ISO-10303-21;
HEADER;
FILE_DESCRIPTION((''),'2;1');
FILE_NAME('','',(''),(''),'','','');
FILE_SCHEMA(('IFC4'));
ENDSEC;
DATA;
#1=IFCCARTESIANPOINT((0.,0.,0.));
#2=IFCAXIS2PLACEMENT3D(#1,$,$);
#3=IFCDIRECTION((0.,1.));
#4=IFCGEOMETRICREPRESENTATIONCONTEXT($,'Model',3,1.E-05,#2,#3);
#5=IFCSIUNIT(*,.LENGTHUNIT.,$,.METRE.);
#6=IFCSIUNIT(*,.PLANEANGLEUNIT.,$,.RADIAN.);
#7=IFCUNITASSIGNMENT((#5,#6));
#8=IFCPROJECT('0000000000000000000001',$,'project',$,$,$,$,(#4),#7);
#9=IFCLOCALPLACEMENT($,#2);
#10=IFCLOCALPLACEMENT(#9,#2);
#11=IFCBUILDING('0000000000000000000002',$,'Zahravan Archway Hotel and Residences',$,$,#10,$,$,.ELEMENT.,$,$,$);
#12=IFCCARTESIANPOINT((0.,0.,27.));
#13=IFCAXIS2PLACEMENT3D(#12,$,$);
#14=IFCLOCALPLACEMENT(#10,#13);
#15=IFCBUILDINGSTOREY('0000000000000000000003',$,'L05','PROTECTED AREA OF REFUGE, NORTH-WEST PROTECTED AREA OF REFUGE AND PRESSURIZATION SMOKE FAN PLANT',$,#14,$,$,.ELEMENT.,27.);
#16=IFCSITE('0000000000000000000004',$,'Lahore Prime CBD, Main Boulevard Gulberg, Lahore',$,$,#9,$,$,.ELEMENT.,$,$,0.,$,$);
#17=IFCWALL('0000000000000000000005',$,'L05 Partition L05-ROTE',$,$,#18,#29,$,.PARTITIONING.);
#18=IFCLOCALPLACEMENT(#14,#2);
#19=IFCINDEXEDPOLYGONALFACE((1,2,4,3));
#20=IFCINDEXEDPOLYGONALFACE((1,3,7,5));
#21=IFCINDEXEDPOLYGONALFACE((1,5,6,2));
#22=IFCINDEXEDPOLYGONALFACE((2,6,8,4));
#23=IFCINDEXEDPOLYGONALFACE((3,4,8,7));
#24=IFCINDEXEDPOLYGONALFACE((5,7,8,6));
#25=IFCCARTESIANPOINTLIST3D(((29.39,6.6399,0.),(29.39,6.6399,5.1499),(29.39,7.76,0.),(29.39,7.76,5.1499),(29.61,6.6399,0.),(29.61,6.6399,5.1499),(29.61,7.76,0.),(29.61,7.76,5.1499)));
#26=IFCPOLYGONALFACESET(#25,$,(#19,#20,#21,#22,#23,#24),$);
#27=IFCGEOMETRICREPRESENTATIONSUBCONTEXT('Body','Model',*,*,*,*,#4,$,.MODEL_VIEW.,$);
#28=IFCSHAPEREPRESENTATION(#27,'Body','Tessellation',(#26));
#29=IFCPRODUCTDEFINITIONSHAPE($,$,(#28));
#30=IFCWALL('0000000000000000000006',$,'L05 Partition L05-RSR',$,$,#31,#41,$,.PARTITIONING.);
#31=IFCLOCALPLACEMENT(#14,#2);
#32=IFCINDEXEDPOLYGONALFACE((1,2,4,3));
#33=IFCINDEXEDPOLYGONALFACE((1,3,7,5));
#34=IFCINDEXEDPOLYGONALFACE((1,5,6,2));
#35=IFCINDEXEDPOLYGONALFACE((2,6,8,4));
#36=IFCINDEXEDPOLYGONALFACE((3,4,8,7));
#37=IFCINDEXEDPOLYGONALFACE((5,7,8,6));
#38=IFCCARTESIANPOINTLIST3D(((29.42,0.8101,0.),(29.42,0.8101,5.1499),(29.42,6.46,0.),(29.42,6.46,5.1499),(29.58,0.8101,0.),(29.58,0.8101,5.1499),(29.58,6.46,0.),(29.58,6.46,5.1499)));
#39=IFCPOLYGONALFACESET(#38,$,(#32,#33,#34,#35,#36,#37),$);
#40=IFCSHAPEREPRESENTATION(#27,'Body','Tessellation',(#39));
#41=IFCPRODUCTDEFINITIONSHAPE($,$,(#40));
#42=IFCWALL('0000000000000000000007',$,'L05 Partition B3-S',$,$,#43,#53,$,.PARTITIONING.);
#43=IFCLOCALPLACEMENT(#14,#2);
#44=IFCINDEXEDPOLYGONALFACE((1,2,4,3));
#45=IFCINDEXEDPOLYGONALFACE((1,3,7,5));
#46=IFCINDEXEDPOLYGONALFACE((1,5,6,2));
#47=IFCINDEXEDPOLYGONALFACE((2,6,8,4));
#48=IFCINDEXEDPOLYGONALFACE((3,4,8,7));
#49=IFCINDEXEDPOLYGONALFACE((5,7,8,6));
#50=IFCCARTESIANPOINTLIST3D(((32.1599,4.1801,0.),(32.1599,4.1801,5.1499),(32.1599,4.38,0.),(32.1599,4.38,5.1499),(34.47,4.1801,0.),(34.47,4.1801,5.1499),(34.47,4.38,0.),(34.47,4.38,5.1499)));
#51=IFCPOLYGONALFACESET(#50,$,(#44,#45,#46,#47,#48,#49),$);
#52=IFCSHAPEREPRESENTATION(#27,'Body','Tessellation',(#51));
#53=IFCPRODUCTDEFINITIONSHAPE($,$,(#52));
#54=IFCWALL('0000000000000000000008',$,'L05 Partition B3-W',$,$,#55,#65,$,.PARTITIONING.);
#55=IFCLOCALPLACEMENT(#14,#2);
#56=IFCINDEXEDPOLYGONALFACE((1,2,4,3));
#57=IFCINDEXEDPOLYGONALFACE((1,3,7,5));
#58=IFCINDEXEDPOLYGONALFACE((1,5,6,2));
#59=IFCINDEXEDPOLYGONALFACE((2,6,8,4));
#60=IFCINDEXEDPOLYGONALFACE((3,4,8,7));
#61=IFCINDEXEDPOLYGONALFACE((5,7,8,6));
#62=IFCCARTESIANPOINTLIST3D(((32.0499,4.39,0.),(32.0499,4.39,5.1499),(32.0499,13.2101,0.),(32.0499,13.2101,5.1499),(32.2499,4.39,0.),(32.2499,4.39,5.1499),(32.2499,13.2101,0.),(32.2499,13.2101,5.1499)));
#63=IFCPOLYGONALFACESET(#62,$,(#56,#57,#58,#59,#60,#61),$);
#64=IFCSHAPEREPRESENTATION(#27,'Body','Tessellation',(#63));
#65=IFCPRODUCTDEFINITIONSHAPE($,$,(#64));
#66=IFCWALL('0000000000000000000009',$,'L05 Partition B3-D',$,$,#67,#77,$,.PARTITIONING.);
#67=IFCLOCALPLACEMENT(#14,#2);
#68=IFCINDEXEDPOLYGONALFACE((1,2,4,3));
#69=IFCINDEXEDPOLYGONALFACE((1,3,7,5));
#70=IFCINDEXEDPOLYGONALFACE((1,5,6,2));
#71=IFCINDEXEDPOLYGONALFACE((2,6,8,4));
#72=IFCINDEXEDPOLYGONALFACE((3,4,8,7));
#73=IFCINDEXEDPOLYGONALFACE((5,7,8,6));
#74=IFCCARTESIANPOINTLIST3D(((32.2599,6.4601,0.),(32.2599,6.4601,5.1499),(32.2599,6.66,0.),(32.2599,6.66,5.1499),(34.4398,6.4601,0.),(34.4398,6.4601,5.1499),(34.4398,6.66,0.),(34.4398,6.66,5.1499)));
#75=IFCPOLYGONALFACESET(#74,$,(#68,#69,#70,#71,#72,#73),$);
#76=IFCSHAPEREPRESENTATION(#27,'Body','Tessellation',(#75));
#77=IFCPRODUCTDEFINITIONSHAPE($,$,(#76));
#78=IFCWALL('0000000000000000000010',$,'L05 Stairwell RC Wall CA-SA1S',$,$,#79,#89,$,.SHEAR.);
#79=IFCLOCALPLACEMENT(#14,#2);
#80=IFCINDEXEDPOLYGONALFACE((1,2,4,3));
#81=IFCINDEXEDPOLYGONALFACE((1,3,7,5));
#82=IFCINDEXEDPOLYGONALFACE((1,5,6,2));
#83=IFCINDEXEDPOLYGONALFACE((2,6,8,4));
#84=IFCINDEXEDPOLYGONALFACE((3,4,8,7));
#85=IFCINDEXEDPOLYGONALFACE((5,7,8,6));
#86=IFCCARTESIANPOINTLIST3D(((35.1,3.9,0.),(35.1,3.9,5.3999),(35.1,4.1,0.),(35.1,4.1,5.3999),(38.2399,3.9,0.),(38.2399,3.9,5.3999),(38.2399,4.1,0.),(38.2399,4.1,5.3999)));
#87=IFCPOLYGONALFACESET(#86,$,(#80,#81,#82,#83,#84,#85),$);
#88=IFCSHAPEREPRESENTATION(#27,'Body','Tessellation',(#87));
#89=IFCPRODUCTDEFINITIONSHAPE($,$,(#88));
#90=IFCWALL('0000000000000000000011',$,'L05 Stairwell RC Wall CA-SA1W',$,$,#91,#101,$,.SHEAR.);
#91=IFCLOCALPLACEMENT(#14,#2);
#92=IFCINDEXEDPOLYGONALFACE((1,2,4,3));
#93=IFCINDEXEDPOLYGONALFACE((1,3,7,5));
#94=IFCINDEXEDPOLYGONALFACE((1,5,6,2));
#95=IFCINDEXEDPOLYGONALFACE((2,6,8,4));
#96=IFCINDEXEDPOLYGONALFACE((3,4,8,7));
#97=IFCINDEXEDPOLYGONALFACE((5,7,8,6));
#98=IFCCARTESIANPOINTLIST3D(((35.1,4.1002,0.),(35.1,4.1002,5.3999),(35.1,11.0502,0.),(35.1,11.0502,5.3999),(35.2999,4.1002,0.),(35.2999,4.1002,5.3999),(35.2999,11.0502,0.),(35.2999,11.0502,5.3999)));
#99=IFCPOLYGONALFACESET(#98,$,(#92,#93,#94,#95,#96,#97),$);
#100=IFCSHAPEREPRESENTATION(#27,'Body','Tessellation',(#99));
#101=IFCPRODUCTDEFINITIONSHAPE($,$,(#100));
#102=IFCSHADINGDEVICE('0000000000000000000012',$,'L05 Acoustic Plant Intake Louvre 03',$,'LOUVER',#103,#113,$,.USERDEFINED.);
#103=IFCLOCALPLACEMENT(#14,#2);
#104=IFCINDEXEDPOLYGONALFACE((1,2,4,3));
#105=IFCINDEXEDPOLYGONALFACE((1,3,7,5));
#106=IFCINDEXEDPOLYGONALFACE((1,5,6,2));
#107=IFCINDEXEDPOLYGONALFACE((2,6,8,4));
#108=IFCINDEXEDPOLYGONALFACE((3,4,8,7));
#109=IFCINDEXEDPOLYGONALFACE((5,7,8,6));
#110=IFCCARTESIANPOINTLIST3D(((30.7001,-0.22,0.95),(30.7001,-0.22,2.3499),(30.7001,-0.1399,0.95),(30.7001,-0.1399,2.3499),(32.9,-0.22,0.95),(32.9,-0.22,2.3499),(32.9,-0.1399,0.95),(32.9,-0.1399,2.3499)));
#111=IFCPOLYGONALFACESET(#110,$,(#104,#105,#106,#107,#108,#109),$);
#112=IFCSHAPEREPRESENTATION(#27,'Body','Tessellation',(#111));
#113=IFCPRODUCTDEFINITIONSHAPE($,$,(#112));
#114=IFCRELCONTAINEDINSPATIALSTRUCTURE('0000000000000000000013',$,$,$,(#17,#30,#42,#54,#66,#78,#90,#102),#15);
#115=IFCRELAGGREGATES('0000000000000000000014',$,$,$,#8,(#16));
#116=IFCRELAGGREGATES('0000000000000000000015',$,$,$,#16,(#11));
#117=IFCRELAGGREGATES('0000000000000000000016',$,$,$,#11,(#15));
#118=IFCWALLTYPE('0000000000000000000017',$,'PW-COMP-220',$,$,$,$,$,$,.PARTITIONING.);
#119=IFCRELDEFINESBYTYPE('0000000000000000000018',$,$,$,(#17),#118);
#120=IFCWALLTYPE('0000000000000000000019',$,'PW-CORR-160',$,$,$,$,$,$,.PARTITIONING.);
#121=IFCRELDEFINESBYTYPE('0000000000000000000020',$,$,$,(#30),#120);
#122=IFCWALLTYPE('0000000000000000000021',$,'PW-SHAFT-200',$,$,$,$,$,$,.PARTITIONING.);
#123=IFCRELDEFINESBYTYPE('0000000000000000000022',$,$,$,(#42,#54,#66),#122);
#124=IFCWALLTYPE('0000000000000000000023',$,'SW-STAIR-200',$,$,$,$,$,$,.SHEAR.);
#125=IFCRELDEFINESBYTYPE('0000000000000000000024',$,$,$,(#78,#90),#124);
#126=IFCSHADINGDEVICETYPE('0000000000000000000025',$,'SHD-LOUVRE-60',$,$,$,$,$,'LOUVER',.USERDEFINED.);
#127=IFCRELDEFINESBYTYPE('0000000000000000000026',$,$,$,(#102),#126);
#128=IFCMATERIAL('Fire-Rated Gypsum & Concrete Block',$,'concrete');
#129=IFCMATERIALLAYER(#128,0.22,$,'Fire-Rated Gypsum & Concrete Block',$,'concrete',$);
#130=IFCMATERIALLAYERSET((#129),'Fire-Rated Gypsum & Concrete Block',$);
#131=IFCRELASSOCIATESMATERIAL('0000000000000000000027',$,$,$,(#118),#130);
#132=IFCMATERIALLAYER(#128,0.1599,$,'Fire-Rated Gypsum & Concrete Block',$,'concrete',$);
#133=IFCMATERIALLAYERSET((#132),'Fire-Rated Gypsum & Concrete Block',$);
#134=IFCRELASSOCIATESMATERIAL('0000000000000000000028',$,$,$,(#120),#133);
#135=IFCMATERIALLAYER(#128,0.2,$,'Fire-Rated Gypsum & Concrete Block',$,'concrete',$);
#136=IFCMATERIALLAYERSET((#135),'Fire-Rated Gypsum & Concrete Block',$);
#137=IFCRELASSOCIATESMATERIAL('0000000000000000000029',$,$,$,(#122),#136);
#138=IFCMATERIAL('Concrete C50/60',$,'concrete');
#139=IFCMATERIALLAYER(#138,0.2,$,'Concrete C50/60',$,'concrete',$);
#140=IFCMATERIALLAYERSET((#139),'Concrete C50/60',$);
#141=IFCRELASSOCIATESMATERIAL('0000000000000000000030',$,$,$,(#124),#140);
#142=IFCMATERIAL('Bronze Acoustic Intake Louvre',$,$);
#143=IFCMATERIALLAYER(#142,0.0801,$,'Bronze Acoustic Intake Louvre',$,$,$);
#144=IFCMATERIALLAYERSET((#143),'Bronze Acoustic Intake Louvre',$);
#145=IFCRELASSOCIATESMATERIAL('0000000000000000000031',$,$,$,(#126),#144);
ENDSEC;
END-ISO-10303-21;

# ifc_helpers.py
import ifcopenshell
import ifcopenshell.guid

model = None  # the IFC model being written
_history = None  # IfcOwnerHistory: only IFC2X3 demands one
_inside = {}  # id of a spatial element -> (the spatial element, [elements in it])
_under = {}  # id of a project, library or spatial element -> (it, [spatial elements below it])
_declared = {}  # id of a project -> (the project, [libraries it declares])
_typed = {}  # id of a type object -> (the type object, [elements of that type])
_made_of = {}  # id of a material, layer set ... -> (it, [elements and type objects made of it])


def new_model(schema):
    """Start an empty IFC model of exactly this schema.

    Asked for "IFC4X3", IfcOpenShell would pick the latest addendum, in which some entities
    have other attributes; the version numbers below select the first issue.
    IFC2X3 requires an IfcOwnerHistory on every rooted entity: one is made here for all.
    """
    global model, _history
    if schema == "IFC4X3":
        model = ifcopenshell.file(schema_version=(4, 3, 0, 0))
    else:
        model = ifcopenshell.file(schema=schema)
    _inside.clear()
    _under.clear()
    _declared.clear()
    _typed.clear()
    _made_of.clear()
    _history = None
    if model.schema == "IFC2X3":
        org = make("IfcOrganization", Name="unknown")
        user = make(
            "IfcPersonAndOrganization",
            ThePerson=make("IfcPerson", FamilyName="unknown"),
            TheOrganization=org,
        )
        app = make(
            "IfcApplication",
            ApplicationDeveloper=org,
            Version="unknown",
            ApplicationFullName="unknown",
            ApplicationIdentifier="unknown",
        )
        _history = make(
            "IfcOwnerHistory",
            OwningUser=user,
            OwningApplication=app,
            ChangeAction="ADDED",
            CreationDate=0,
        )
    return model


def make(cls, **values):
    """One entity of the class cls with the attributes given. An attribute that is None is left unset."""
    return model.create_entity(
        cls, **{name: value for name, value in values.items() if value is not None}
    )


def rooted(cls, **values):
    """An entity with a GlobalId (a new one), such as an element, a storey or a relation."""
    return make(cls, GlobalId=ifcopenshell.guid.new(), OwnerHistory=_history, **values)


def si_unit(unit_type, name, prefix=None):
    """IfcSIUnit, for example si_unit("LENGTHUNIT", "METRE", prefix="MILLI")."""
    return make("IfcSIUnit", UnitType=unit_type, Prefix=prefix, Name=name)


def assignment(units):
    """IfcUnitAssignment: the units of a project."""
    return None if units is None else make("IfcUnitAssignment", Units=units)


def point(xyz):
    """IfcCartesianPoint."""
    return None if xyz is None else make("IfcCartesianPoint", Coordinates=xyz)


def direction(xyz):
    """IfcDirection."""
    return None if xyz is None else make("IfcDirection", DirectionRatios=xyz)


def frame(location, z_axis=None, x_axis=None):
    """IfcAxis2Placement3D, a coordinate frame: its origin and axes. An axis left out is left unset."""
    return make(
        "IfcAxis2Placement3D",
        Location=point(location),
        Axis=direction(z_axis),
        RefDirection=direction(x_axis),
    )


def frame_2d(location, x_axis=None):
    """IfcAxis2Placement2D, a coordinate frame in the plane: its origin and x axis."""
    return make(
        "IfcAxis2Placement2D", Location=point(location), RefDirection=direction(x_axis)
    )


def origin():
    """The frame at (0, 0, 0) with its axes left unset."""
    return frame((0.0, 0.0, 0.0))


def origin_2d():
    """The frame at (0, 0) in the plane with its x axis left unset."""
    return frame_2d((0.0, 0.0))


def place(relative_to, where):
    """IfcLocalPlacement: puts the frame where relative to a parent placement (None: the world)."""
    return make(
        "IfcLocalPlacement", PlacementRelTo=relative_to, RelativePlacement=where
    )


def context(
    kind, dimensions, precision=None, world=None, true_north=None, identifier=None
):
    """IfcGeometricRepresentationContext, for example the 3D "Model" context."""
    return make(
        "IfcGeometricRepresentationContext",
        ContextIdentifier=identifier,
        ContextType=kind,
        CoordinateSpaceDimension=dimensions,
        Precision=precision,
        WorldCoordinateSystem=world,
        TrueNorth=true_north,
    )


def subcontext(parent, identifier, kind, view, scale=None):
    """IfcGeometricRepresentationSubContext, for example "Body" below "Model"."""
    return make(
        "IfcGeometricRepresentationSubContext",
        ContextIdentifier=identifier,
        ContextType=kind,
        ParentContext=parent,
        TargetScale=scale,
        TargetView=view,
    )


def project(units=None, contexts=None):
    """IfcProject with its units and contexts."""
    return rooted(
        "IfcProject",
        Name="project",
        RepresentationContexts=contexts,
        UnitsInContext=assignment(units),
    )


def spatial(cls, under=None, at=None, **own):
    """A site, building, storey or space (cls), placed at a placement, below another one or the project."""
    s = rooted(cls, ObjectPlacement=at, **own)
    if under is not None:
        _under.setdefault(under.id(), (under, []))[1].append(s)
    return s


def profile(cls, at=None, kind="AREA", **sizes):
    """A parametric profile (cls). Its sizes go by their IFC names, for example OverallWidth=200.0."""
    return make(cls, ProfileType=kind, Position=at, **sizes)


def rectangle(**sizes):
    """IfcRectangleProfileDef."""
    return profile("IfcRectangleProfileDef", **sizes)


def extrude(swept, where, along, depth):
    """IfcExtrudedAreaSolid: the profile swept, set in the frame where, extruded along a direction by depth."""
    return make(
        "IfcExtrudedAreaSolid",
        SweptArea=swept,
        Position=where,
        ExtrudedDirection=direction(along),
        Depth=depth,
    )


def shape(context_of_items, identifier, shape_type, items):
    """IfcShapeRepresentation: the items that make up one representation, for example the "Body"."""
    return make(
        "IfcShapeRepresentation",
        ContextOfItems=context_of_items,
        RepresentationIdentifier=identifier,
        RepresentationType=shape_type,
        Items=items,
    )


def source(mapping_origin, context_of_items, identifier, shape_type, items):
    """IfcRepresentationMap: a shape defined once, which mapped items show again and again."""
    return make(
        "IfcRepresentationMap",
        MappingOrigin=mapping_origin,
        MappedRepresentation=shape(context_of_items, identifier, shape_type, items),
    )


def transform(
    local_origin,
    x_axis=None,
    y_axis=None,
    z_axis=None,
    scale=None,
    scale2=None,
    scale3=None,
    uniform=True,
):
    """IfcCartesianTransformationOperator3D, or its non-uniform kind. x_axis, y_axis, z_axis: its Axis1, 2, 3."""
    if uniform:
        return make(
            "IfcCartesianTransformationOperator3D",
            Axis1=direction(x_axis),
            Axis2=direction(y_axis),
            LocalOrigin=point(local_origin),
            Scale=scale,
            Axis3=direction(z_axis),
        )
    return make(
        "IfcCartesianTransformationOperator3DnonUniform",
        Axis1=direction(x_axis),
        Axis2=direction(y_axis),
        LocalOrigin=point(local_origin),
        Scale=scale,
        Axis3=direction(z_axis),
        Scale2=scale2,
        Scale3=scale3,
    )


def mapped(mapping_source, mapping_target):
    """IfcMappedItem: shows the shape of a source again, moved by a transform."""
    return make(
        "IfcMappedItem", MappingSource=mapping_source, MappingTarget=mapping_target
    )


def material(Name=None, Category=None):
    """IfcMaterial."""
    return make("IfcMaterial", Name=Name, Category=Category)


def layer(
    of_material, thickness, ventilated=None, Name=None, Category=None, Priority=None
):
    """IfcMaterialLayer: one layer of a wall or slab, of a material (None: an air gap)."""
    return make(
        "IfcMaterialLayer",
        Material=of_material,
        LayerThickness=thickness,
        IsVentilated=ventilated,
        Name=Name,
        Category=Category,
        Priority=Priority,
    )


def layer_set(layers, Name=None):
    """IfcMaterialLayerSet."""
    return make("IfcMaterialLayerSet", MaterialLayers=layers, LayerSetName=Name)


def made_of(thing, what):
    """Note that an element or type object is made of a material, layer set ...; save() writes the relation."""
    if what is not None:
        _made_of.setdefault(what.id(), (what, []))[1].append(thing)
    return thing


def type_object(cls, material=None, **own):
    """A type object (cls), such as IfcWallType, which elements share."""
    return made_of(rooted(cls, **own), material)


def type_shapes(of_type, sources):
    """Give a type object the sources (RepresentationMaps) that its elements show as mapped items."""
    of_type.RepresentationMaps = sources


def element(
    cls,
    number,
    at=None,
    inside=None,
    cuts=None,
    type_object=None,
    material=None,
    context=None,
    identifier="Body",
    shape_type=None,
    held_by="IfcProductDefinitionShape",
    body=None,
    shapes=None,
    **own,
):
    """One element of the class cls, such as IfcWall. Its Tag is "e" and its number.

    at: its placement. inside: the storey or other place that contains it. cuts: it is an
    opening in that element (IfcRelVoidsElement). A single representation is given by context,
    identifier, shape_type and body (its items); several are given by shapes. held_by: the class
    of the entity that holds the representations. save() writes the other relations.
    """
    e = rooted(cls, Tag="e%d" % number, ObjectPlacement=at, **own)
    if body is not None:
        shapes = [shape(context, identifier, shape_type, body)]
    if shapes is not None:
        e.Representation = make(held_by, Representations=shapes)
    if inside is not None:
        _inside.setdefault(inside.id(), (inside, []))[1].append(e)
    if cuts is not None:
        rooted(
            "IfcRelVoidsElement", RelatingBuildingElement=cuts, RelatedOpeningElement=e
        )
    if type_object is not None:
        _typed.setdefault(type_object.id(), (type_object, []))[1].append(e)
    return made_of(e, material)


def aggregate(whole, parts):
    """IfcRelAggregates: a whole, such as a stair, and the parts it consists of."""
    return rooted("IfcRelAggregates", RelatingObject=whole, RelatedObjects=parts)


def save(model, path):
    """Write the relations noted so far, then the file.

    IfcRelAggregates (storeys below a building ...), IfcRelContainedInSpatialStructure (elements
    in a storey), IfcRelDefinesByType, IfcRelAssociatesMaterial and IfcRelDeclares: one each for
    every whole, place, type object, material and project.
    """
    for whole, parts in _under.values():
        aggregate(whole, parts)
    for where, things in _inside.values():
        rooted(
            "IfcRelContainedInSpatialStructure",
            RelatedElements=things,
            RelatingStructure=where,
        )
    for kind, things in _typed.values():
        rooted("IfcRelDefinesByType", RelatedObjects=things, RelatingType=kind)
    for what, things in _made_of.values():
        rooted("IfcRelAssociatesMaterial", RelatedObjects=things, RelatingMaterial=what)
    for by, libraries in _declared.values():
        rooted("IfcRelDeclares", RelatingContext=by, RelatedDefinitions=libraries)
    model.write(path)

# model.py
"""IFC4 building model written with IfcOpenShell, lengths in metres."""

from ifc_helpers import new_model, si_unit, direction, frame, frame_2d, origin, origin_2d, place, context, subcontext, project, spatial, rectangle, extrude, source, transform, mapped, material, layer, layer_set, type_object, type_shapes, element, save


model = new_model("IFC4")

# Units and contexts
model_context = context("Model", 3, precision=1e-05, world=origin(), true_north=direction((0.0, 1.0)))
body_context = subcontext(model_context, "Body", "Model", "MODEL_VIEW")
ifc_project = project(units=[si_unit("LENGTHUNIT", "METRE"), si_unit("PLANEANGLEUNIT", "RADIAN")], contexts=[model_context])

# Site, building, storey
site_placement = place(None, origin())
site = spatial("IfcSite", under=ifc_project, at=site_placement, Name="Lahore Prime CBD, Main Boulevard Gulberg, Lahore", CompositionType="ELEMENT", RefElevation=0.0)
building_placement = place(site_placement, origin())
building = spatial("IfcBuilding", under=site, at=building_placement, Name="Zahravan Archway Hotel and Residences", CompositionType="ELEMENT")
storey_placement = place(building_placement, frame((0.0, 0.0, 27.0)))
storey = spatial("IfcBuildingStorey", under=building, at=storey_placement, Name="L05", Description="PROTECTED AREA OF REFUGE, NORTH-WEST PROTECTED AREA OF REFUGE AND PRESSURIZATION SMOKE FAN PLANT", CompositionType="ELEMENT", Elevation=27.0)

# Walls
ifc_material_1 = material(Name="Fire-Rated Gypsum & Concrete Block", Category="concrete")
ifc_layer_1 = layer(ifc_material_1, 0.22, Name="Fire-Rated Gypsum & Concrete Block", Category="concrete")
ifc_layer_set_1 = layer_set([ifc_layer_1], Name="Fire-Rated Gypsum & Concrete Block")
wall_type_1 = type_object("IfcWallType", Name="PW-COMP-220", PredefinedType="PARTITIONING", material=ifc_layer_set_1)
wall_1_placement = place(storey_placement, frame((29.5, 6.6399, 0.0), z_axis=(0.0, 0.0, 1.0), x_axis=(0.0, 1.0, 0.0)))
element("IfcWall", 1, at=wall_1_placement, inside=storey, type_object=wall_type_1, Name="L05 Partition L05-ROTE", PredefinedType="PARTITIONING", context=body_context, shape_type="SweptSolid", body=[
    extrude(rectangle(XDim=1.1201, YDim=0.22, at=frame_2d((0.5601, 0.0))), origin(), (0.0, 0.0, 1.0), 5.1499),
])
ifc_layer_2 = layer(ifc_material_1, 0.1599, Name="Fire-Rated Gypsum & Concrete Block", Category="concrete")
ifc_layer_set_2 = layer_set([ifc_layer_2], Name="Fire-Rated Gypsum & Concrete Block")
wall_type_2 = type_object("IfcWallType", Name="PW-CORR-160", PredefinedType="PARTITIONING", material=ifc_layer_set_2)
wall_2_placement = place(storey_placement, frame((29.5, 0.8101, 0.0), z_axis=(0.0, 0.0, 1.0), x_axis=(0.0, 1.0, 0.0)))
element("IfcWall", 2, at=wall_2_placement, inside=storey, type_object=wall_type_2, Name="L05 Partition L05-RSR", PredefinedType="PARTITIONING", context=body_context, shape_type="SweptSolid", body=[
    extrude(rectangle(XDim=5.6499, YDim=0.1599, at=frame_2d((2.825, 0.0))), origin(), (0.0, 0.0, 1.0), 5.1499),
])
ifc_layer_3 = layer(ifc_material_1, 0.2, Name="Fire-Rated Gypsum & Concrete Block", Category="concrete")
ifc_layer_set_3 = layer_set([ifc_layer_3], Name="Fire-Rated Gypsum & Concrete Block")
wall_type_3 = type_object("IfcWallType", Name="PW-SHAFT-200", PredefinedType="PARTITIONING", material=ifc_layer_set_3)
wall_3_placement = place(storey_placement, frame((32.1599, 4.28, 0.0), z_axis=(0.0, 0.0, 1.0), x_axis=(1.0, 0.0, 0.0)))
element("IfcWall", 3, at=wall_3_placement, inside=storey, type_object=wall_type_3, Name="L05 Partition B3-S", PredefinedType="PARTITIONING", context=body_context, shape_type="SweptSolid", body=[
    extrude(rectangle(XDim=2.3101, YDim=0.2, at=frame_2d((1.155, 0.0))), origin(), (0.0, 0.0, 1.0), 5.1499),
])
wall_4_placement = place(storey_placement, frame((32.1499, 4.3899, 0.0), z_axis=(0.0, 0.0, 1.0), x_axis=(0.0, 1.0, 0.0)))
element("IfcWall", 4, at=wall_4_placement, inside=storey, type_object=wall_type_3, Name="L05 Partition B3-W", PredefinedType="PARTITIONING", context=body_context, shape_type="SweptSolid", body=[
    extrude(rectangle(XDim=8.8201, YDim=0.2, at=frame_2d((4.4102, 0.0))), origin(), (0.0, 0.0, 1.0), 5.1499),
])
wall_5_placement = place(storey_placement, frame((32.26, 6.5601, 0.0), z_axis=(0.0, 0.0, 1.0), x_axis=(1.0, 0.0, 0.0)))
element("IfcWall", 5, at=wall_5_placement, inside=storey, type_object=wall_type_3, Name="L05 Partition B3-D", PredefinedType="PARTITIONING", context=body_context, shape_type="SweptSolid", body=[
    extrude(rectangle(XDim=2.1799, YDim=0.2, at=frame_2d((1.0898, 0.0))), origin(), (0.0, 0.0, 1.0), 5.1499),
])
ifc_material_2 = material(Name="Concrete C50/60", Category="concrete")
ifc_layer_4 = layer(ifc_material_2, 0.2, Name="Concrete C50/60", Category="concrete")
ifc_layer_set_4 = layer_set([ifc_layer_4], Name="Concrete C50/60")
wall_type_4 = type_object("IfcWallType", Name="SW-STAIR-200", PredefinedType="SHEAR", material=ifc_layer_set_4)
wall_6_placement = place(storey_placement, frame((35.1001, 4.0, 0.0), z_axis=(0.0, 0.0, 1.0), x_axis=(1.0, 0.0, 0.0)))
element("IfcWall", 6, at=wall_6_placement, inside=storey, type_object=wall_type_4, Name="L05 Stairwell RC Wall CA-SA1S", PredefinedType="SHEAR", context=body_context, shape_type="SweptSolid", body=[
    extrude(rectangle(XDim=3.1399, YDim=0.2, at=frame_2d((1.5698, 0.0))), origin(), (0.0, 0.0, 1.0), 5.3999),
])
wall_7_placement = place(storey_placement, frame((35.2, 4.1001, 0.0), z_axis=(0.0, 0.0, 1.0), x_axis=(0.0, 1.0, 0.0)))
element("IfcWall", 7, at=wall_7_placement, inside=storey, type_object=wall_type_4, Name="L05 Stairwell RC Wall CA-SA1W", PredefinedType="SHEAR", context=body_context, shape_type="SweptSolid", body=[
    extrude(rectangle(XDim=6.95, YDim=0.2, at=frame_2d((3.4751, 0.0))), origin(), (0.0, 0.0, 1.0), 5.3999),
])

# Shading device
ifc_material_3 = material(Name="Bronze Acoustic Intake Louvre")
ifc_layer_5 = layer(ifc_material_3, 0.0801, Name="Bronze Acoustic Intake Louvre")
ifc_layer_set_5 = layer_set([ifc_layer_5], Name="Bronze Acoustic Intake Louvre")
shading_device_type = type_object("IfcShadingDeviceType", Name="SHD-LOUVRE-60", ElementType="LOUVER", PredefinedType="USERDEFINED", material=ifc_layer_set_5)
shared_shape_1 = source(origin(), body_context, "Body", "SweptSolid", [
    extrude(rectangle(XDim=2.2, YDim=0.0801, at=origin_2d()), origin(), (0.0, 0.0, 1.0), 1.3999),
])
type_shapes(shading_device_type, [shared_shape_1])
shading_device_placement = place(storey_placement, frame((31.8, -0.1799, 0.95), z_axis=(0.0, 0.0, 1.0), x_axis=(1.0, 0.0, 0.0)))
element("IfcShadingDevice", 8, at=shading_device_placement, inside=storey, type_object=shading_device_type, Name="L05 Acoustic Plant Intake Louvre 03", ObjectType="LOUVER", PredefinedType="USERDEFINED", context=body_context, shape_type="MappedRepresentation", body=[
    mapped(shared_shape_1, transform((0.0, 0.0, 0.0), scale=1.0)),
])

save(model, "model.ifc")
